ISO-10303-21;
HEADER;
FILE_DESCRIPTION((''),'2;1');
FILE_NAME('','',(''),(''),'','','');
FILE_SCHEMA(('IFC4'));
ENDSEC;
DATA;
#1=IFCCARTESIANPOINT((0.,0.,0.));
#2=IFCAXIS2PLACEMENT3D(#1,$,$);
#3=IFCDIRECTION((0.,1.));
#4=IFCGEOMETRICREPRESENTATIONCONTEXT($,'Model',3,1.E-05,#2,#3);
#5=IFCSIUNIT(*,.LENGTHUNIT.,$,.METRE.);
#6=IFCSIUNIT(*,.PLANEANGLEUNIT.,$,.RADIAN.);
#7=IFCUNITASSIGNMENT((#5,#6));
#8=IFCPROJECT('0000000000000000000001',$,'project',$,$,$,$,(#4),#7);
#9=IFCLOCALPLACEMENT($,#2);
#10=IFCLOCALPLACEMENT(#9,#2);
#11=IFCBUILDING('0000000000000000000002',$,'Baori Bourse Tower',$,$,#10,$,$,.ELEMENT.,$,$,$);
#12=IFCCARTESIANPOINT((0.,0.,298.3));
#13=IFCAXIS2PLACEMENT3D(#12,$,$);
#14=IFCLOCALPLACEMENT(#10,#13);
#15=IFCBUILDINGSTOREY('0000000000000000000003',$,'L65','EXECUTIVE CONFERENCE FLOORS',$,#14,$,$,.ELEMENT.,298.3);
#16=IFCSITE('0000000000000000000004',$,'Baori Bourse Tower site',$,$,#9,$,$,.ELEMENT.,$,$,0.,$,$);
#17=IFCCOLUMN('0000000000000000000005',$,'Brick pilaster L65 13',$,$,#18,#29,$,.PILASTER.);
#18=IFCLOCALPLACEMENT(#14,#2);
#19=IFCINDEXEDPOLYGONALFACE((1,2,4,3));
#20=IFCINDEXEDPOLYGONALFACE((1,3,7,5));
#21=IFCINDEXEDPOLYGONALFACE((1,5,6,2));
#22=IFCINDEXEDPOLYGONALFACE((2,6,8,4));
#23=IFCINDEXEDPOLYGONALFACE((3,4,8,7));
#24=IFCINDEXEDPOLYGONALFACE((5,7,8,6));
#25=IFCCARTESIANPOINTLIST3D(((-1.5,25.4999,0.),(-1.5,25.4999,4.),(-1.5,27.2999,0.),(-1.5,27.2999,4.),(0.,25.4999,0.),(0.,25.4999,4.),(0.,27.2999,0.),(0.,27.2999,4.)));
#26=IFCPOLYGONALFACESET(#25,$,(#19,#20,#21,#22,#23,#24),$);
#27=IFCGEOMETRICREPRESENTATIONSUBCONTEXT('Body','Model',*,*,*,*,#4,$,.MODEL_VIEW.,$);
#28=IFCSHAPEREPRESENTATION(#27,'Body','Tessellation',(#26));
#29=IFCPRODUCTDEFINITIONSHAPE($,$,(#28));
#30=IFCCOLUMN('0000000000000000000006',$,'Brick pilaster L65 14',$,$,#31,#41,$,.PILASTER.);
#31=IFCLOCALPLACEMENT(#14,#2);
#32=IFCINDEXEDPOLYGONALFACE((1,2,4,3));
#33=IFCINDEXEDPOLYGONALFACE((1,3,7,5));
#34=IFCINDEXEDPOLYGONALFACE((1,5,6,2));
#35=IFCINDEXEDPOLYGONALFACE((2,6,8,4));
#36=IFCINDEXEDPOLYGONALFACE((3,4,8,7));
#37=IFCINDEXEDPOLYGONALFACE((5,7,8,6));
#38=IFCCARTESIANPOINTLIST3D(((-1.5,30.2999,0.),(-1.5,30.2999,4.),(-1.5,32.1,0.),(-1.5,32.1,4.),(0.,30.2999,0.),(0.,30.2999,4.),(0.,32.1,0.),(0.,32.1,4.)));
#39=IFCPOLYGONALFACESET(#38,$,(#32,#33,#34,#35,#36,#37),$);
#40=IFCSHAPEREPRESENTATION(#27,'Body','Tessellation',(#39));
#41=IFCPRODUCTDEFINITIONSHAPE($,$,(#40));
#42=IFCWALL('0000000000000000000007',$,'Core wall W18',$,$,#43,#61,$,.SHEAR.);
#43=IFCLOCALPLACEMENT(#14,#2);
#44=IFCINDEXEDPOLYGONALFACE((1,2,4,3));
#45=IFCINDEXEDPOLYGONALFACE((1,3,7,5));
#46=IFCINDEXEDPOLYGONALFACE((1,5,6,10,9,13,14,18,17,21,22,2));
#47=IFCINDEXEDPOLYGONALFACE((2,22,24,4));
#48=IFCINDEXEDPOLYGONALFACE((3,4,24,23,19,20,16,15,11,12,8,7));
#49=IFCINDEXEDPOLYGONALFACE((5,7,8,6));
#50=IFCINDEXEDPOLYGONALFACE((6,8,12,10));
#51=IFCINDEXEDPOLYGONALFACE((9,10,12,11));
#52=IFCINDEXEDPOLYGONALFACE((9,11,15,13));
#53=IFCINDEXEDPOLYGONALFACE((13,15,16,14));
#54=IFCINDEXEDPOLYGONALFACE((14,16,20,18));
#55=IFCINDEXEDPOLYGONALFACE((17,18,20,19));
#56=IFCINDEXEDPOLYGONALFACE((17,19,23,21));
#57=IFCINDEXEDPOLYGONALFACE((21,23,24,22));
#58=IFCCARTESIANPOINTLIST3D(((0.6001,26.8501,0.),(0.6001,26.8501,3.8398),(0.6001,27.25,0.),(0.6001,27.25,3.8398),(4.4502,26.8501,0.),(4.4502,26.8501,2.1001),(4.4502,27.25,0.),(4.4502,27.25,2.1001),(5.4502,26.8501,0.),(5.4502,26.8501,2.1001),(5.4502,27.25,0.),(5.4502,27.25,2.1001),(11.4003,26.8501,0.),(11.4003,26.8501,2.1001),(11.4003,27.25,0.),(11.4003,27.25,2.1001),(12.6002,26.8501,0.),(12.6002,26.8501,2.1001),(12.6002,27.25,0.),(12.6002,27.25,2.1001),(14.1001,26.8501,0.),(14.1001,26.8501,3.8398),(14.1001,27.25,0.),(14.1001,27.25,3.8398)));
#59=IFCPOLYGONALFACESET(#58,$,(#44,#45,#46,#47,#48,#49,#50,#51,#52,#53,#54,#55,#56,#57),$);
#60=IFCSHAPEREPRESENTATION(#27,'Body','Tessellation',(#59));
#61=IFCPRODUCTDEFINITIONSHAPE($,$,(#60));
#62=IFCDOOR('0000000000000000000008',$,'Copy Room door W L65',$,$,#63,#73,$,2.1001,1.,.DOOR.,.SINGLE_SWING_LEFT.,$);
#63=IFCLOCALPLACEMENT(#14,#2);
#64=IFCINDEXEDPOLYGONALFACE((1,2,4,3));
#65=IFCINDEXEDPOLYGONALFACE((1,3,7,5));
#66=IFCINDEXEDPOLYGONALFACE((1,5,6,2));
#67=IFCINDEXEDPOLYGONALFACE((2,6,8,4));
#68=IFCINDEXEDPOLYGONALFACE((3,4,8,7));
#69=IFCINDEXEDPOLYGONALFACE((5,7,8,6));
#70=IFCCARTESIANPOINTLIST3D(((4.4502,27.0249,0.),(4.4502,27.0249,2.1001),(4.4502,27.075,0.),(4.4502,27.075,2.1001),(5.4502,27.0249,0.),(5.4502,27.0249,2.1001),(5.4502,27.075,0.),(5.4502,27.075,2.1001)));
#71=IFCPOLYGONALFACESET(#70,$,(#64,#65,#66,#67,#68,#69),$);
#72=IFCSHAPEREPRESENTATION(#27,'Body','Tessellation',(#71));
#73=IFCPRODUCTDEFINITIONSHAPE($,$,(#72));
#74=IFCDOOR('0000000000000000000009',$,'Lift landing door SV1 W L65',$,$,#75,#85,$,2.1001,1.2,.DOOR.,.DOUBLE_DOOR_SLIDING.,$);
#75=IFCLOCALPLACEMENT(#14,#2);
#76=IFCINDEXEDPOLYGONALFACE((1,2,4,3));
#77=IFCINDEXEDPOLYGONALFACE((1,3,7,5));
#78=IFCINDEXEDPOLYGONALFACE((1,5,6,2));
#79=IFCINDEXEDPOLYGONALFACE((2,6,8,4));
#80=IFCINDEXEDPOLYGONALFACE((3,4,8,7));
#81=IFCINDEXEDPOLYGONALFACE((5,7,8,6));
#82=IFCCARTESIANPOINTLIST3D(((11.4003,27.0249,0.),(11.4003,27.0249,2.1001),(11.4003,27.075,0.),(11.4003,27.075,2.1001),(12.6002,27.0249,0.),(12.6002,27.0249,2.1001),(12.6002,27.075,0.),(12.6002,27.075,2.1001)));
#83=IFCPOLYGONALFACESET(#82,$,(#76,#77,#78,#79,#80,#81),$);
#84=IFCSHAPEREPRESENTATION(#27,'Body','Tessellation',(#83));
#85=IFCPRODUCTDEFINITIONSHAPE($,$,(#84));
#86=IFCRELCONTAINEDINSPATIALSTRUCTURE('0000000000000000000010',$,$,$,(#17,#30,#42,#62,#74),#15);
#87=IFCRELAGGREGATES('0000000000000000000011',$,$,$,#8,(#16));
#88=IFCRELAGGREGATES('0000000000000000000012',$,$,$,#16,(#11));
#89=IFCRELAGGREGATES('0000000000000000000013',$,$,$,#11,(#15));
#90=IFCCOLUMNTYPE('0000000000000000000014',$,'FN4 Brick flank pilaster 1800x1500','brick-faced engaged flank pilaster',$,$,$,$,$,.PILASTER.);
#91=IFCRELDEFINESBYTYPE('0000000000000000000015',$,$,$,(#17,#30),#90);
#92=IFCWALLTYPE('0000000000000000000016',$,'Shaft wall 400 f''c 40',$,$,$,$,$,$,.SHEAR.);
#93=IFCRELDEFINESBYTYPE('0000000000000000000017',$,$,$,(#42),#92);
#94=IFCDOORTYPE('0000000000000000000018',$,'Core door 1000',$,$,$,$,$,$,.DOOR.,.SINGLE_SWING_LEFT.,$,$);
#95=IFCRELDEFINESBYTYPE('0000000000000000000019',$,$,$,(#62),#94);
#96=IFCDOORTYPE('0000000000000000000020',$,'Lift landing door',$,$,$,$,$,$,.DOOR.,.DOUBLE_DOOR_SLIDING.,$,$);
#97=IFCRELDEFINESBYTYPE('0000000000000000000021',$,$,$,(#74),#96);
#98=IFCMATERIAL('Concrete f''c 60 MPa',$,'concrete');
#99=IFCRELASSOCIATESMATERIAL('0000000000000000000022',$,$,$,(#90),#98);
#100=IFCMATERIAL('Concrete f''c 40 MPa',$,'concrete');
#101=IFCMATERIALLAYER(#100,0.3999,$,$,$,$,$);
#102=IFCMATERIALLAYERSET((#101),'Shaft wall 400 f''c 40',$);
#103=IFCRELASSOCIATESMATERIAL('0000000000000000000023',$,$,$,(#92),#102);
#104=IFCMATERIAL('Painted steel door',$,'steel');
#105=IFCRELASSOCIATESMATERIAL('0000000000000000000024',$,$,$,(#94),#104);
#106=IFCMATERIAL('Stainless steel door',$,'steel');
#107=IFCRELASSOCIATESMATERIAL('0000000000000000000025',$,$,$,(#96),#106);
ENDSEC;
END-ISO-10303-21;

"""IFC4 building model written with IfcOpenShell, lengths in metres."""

from ifc_helpers import new_model, si_unit, direction, frame, frame_2d, origin, origin_2d, place, context, subcontext, project, spatial, rectangle, extrude, material, layer, layer_set, material_profile, profile_set, type_object, element, fill, save


model = new_model("IFC4")

# Units and contexts
model_context = context("Model", 3, precision=1e-05, world=origin(), true_north=direction((0.0, 1.0)))
body_context = subcontext(model_context, "Body", "Model", "MODEL_VIEW")
ifc_project = project(units=[si_unit("LENGTHUNIT", "METRE"), si_unit("PLANEANGLEUNIT", "RADIAN")], contexts=[model_context])

# Site, building, storey
site_placement = place(None, origin())
site = spatial("IfcSite", under=ifc_project, at=site_placement, Name="Baori Bourse Tower site", CompositionType="ELEMENT", RefElevation=0.0)
building_placement = place(site_placement, origin())
building = spatial("IfcBuilding", under=site, at=building_placement, Name="Baori Bourse Tower", CompositionType="ELEMENT")
storey_placement = place(building_placement, frame((0.0, 0.0, 298.3)))
storey = spatial("IfcBuildingStorey", under=building, at=storey_placement, Name="L65", Description="EXECUTIVE CONFERENCE FLOORS", CompositionType="ELEMENT", Elevation=298.3)

# Columns
ifc_material_1 = material(Name="Concrete f'c 60 MPa", Category="concrete")
ifc_material_profile = material_profile(ifc_material_1, rectangle(XDim=1.8, YDim=1.5, at=origin_2d()), Name="RC 1800x1500")
ifc_profile_set = profile_set([ifc_material_profile], Name="Concrete f'c 60 MPa")
column_type = type_object("IfcColumnType", Name="FN4 Brick flank pilaster 1800x1500", Description="brick-faced engaged flank pilaster", PredefinedType="PILASTER", material=ifc_profile_set)
for number, where, z_axis, x_axis, name in (
    (1, (-0.75, 26.3999, 0.0), (0.0, 0.0, 1.0), (0.0, 1.0, 0.0), "Brick pilaster L65 13"),
    (2, (-0.75, 31.2, 0.0), (0.0, 0.0, 1.0), (0.0, 1.0, 0.0), "Brick pilaster L65 14"),
):
    element("IfcColumn", number, at=place(storey_placement, frame(where, z_axis=z_axis, x_axis=x_axis)), inside=storey, type_object=column_type, Name=name, PredefinedType="PILASTER", context=body_context, shape_type="SweptSolid", body=[
        extrude(rectangle(XDim=1.8, YDim=1.5, at=origin_2d()), origin(), (0.0, 0.0, 1.0), 4.0),
    ])

# Wall, openings, doors
ifc_material_2 = material(Name="Concrete f'c 40 MPa", Category="concrete")
ifc_layer_1 = layer(ifc_material_2, 0.3999)
ifc_layer_set_1 = layer_set([ifc_layer_1], Name="Shaft wall 400 f'c 40")
wall_type_1 = type_object("IfcWallType", Name="Shaft wall 400 f'c 40", PredefinedType="SHEAR", material=ifc_layer_set_1)
wall_1_placement = place(storey_placement, frame((0.6001, 27.05, 0.0), z_axis=(0.0, 0.0, 1.0), x_axis=(1.0, 0.0, 0.0)))
wall_1 = element("IfcWall", 3, at=wall_1_placement, inside=storey, type_object=wall_type_1, Name="Core wall W18", PredefinedType="SHEAR", context=body_context, shape_type="SweptSolid", body=[
    extrude(rectangle(XDim=13.5, YDim=0.3999, at=frame_2d((6.75, 0.0))), origin(), (0.0, 0.0, 1.0), 3.8398),
])
opening_1_placement = place(wall_1_placement, frame((3.8501, 0.0, 0.0)))
opening_1 = element("IfcOpeningElement", 4, at=opening_1_placement, cuts=wall_1, PredefinedType="OPENING", context=body_context, shape_type="SweptSolid", body=[
    extrude(rectangle(XDim=1.0, YDim=2.1001, at=frame_2d((0.5, 1.05))), frame((0.0, 0.21, 0.0), z_axis=(0.0, -1.0, 0.0), x_axis=(1.0, 0.0, 0.0)), (0.0, 0.0, 1.0), 0.4199),
])
opening_2_placement = place(wall_1_placement, frame((10.8, 0.0, 0.0)))
opening_2 = element("IfcOpeningElement", 5, at=opening_2_placement, cuts=wall_1, PredefinedType="OPENING", context=body_context, shape_type="SweptSolid", body=[
    extrude(rectangle(XDim=1.2, YDim=2.1001, at=frame_2d((0.6001, 1.05))), frame((0.0, 0.21, 0.0), z_axis=(0.0, -1.0, 0.0), x_axis=(1.0, 0.0, 0.0)), (0.0, 0.0, 1.0), 0.4199),
])
ifc_material_3 = material(Name="Painted steel door", Category="steel")
door_type_1 = type_object("IfcDoorType", Name="Core door 1000", OperationType="SINGLE_SWING_LEFT", PredefinedType="DOOR", material=ifc_material_3)
door_1_placement = place(opening_1_placement, origin())
door_1 = element("IfcDoor", 6, at=door_1_placement, inside=storey, type_object=door_type_1, Name="Copy Room door W L65", OperationType="SINGLE_SWING_LEFT", OverallHeight=2.1001, OverallWidth=1.0, PredefinedType="DOOR", context=body_context, shape_type="SweptSolid", body=[
    extrude(rectangle(XDim=1.0, YDim=2.1001, at=frame_2d((0.5, 1.05))), frame((0.0, 0.0249, 0.0), z_axis=(0.0, -1.0, 0.0), x_axis=(1.0, 0.0, 0.0)), (0.0, 0.0, 1.0), 0.05),
])
fill(opening_1, door_1)
ifc_material_4 = material(Name="Stainless steel door", Category="steel")
door_type_2 = type_object("IfcDoorType", Name="Lift landing door", OperationType="DOUBLE_DOOR_SLIDING", PredefinedType="DOOR", material=ifc_material_4)
door_2_placement = place(opening_2_placement, origin())
door_2 = element("IfcDoor", 7, at=door_2_placement, inside=storey, type_object=door_type_2, Name="Lift landing door SV1 W L65", OperationType="DOUBLE_DOOR_SLIDING", OverallHeight=2.1001, OverallWidth=1.2, PredefinedType="DOOR", context=body_context, shape_type="SweptSolid", body=[
    extrude(rectangle(XDim=1.2, YDim=2.1001, at=frame_2d((0.6001, 1.05))), frame((0.0, 0.0249, 0.0), z_axis=(0.0, -1.0, 0.0), x_axis=(1.0, 0.0, 0.0)), (0.0, 0.0, 1.0), 0.05),
])
fill(opening_2, door_2)

save(model, "model.ifc")
